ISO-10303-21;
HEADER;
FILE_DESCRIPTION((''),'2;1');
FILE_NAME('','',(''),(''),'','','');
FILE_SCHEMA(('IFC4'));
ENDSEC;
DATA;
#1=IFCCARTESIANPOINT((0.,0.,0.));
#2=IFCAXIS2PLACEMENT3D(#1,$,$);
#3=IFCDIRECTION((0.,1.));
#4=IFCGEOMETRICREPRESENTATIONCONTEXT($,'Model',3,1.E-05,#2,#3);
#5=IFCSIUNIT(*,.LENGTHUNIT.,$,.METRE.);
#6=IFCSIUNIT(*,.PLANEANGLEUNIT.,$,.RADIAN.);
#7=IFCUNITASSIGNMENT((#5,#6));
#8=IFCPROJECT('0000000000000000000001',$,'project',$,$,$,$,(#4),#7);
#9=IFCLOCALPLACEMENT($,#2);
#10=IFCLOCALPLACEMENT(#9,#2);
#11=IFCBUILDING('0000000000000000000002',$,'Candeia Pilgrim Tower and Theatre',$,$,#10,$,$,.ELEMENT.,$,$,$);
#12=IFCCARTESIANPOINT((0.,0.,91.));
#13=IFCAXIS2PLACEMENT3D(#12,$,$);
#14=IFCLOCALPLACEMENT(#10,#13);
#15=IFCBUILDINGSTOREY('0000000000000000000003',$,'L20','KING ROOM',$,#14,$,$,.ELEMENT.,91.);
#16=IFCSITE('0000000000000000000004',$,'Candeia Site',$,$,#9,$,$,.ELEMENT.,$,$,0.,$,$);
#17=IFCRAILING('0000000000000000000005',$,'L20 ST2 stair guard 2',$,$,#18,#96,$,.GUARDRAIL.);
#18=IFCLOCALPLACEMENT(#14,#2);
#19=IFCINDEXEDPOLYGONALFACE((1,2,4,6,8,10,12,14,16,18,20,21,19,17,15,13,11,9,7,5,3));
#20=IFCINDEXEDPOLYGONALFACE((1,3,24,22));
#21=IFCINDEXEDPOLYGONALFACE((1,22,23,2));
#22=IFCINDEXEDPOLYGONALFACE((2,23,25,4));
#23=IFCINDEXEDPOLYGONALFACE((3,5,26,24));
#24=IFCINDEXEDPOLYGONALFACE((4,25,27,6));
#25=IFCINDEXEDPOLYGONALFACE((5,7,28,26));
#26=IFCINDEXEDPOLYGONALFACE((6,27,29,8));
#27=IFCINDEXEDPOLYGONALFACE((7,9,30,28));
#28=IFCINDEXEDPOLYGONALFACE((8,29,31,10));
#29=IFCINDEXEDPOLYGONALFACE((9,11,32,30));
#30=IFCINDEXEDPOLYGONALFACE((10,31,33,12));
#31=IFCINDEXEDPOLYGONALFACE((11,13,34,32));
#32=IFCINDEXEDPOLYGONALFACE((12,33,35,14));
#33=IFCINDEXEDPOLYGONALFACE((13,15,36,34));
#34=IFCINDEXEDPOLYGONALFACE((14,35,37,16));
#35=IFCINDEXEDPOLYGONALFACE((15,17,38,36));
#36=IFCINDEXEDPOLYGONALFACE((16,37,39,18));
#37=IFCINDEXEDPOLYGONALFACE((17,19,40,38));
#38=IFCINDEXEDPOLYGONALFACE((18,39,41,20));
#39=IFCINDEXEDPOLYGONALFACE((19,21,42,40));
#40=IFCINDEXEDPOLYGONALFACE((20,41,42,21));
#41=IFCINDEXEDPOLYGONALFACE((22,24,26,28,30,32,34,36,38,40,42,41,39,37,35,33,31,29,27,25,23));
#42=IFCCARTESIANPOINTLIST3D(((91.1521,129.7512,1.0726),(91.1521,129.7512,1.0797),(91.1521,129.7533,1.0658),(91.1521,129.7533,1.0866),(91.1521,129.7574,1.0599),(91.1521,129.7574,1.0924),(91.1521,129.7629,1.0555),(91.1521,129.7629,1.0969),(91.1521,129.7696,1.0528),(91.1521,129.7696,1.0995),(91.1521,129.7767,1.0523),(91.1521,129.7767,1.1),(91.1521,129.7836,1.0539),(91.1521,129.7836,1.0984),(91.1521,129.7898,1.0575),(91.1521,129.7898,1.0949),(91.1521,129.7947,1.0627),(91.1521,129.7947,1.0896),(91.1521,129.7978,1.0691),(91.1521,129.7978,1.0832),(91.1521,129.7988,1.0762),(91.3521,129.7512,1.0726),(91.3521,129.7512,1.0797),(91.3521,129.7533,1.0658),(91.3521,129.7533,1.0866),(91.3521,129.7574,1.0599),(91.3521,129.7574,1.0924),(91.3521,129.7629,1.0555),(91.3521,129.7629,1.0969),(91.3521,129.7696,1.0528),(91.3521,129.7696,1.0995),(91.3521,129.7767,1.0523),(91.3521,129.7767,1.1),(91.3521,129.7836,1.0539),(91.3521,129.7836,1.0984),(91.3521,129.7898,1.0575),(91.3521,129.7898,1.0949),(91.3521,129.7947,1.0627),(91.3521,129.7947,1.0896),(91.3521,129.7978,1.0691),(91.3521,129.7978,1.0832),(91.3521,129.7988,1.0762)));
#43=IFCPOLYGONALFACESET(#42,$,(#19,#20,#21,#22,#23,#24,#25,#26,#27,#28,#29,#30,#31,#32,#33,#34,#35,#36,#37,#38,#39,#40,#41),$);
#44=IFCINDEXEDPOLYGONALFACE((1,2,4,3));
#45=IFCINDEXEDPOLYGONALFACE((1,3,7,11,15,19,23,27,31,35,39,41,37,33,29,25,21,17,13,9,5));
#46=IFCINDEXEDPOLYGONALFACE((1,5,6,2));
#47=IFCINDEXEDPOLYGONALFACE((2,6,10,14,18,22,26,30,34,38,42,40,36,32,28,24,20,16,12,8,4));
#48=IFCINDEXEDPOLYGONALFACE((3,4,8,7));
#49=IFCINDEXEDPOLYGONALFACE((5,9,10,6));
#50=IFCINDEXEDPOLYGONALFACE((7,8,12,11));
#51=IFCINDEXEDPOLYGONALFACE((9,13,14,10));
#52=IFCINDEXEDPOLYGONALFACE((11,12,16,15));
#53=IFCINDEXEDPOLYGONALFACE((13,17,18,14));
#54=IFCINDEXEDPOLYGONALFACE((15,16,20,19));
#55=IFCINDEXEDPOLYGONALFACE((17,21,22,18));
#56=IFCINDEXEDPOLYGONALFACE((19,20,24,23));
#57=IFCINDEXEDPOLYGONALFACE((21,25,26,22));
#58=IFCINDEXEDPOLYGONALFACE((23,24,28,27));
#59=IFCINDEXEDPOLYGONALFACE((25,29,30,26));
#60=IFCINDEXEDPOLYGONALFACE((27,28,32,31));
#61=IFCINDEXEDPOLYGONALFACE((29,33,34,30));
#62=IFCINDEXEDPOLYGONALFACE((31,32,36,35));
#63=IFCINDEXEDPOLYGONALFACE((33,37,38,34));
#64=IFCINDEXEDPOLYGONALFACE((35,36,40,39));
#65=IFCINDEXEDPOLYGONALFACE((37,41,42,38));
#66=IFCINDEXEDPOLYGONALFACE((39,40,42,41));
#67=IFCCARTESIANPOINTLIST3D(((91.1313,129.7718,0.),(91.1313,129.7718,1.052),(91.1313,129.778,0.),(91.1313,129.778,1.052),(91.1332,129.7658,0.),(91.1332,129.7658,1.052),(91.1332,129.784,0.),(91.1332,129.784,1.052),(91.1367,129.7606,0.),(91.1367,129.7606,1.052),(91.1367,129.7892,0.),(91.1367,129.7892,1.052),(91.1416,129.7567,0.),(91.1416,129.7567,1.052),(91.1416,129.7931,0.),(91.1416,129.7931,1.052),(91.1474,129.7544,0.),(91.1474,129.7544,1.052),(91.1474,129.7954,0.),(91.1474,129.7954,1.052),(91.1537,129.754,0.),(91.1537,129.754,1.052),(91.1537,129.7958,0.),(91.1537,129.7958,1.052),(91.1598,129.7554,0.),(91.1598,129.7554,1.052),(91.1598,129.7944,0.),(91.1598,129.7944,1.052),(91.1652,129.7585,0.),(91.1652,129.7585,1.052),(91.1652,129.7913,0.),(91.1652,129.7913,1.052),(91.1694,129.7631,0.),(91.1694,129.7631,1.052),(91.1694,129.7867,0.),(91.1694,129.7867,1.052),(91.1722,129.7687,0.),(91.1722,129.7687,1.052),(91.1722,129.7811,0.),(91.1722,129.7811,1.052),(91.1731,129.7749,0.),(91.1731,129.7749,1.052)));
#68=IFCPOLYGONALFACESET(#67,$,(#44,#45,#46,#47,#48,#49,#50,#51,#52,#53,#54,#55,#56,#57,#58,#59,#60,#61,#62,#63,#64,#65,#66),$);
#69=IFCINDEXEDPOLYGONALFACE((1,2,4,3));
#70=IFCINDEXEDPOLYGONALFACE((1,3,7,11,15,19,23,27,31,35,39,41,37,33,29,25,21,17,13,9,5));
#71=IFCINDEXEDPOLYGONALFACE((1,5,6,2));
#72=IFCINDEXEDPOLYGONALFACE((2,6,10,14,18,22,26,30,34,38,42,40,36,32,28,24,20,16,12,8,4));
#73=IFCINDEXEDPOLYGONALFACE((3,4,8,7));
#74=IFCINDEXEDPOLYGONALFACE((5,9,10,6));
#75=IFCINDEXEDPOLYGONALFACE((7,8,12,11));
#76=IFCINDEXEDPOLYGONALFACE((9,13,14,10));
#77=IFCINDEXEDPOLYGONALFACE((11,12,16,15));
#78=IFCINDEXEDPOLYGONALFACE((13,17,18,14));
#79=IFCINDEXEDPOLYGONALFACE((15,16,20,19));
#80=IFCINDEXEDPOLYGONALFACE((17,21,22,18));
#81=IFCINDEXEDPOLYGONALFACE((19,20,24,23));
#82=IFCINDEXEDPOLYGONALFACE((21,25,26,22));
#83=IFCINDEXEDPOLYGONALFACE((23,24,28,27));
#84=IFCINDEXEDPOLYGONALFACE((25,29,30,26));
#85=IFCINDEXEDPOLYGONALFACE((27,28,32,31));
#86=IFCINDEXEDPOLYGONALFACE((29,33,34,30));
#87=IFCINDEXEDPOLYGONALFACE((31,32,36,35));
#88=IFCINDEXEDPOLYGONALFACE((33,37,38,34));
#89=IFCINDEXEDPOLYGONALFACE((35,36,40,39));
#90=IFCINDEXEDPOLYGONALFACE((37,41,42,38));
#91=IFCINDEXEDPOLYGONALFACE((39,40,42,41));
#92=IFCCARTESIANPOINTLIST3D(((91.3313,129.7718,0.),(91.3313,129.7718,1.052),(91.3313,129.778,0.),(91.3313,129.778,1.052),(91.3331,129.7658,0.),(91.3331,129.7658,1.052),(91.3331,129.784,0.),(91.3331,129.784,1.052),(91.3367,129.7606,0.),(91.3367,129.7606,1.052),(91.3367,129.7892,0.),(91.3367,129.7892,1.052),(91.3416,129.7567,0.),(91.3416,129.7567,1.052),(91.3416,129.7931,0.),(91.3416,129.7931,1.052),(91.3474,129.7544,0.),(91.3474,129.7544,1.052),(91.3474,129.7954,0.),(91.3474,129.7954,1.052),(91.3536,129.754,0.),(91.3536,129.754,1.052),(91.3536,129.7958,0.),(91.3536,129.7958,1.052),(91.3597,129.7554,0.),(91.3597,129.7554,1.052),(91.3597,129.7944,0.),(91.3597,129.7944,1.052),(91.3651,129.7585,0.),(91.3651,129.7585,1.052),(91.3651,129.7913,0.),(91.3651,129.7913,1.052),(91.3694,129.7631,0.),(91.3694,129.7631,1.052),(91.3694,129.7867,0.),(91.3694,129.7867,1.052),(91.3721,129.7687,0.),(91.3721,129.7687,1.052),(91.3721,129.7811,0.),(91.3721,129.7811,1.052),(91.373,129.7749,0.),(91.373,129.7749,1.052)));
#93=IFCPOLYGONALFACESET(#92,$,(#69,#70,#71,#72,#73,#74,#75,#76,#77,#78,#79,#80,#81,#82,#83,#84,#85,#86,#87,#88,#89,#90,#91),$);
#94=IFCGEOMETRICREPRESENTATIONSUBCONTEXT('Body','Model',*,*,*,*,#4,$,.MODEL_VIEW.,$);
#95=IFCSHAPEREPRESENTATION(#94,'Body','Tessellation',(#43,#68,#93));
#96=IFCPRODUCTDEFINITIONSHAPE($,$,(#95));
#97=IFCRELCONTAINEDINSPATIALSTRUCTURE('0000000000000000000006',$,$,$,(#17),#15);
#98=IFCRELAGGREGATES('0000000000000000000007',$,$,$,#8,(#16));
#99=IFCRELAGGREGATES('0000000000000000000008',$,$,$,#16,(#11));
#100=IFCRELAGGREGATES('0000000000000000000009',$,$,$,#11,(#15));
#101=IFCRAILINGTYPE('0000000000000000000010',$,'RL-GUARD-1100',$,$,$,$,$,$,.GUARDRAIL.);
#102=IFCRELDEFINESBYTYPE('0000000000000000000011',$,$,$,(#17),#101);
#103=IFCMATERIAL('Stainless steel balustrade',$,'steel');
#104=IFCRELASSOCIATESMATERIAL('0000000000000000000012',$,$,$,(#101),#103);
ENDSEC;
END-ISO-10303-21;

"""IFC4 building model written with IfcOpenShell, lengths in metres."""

from ifc_helpers import new_model, si_unit, direction, frame, origin, origin_2d, place, context, subcontext, project, spatial, circle, extrude, material, type_object, element, save


model = new_model("IFC4")

# Units and contexts
model_context = context("Model", 3, precision=1e-05, world=origin(), true_north=direction((0.0, 1.0)))
body_context = subcontext(model_context, "Body", "Model", "MODEL_VIEW")
ifc_project = project(units=[si_unit("LENGTHUNIT", "METRE"), si_unit("PLANEANGLEUNIT", "RADIAN")], contexts=[model_context])

# Site, building, storey
site_placement = place(None, origin())
site = spatial("IfcSite", under=ifc_project, at=site_placement, Name="Candeia Site", CompositionType="ELEMENT", RefElevation=0.0)
building_placement = place(site_placement, origin())
building = spatial("IfcBuilding", under=site, at=building_placement, Name="Candeia Pilgrim Tower and Theatre", CompositionType="ELEMENT")
storey_placement = place(building_placement, frame((0.0, 0.0, 91.0)))
storey = spatial("IfcBuildingStorey", under=building, at=storey_placement, Name="L20", Description="KING ROOM", CompositionType="ELEMENT", Elevation=91.0)

# Railing
ifc_material_1 = material(Name="Stainless steel balustrade", Category="steel")
railing_type_1 = type_object("IfcRailingType", Name="RL-GUARD-1100", PredefinedType="GUARDRAIL", material=ifc_material_1)
railing_1_placement = place(storey_placement, frame((91.1521, 129.7749, 0.0)))
element("IfcRailing", 1, at=railing_1_placement, inside=storey, type_object=railing_type_1, Name="L20 ST2 stair guard 2", PredefinedType="GUARDRAIL", context=body_context, shape_type="SweptSolid", body=[
    extrude(circle(Radius=0.0239, at=origin_2d()), frame((0.0, 0.0, 1.0762), z_axis=(1.0, 0.0, 0.0), x_axis=(0.0, 1.0, 0.0)), (0.0, 0.0, 1.0), 0.2),
    extrude(circle(Radius=0.021, at=origin_2d()), origin(), (0.0, 0.0, 1.0), 1.052),
    extrude(circle(Radius=0.021, at=origin_2d()), frame((0.2, 0.0, 0.0)), (0.0, 0.0, 1.0), 1.052),
])

save(model, "model.ifc")
